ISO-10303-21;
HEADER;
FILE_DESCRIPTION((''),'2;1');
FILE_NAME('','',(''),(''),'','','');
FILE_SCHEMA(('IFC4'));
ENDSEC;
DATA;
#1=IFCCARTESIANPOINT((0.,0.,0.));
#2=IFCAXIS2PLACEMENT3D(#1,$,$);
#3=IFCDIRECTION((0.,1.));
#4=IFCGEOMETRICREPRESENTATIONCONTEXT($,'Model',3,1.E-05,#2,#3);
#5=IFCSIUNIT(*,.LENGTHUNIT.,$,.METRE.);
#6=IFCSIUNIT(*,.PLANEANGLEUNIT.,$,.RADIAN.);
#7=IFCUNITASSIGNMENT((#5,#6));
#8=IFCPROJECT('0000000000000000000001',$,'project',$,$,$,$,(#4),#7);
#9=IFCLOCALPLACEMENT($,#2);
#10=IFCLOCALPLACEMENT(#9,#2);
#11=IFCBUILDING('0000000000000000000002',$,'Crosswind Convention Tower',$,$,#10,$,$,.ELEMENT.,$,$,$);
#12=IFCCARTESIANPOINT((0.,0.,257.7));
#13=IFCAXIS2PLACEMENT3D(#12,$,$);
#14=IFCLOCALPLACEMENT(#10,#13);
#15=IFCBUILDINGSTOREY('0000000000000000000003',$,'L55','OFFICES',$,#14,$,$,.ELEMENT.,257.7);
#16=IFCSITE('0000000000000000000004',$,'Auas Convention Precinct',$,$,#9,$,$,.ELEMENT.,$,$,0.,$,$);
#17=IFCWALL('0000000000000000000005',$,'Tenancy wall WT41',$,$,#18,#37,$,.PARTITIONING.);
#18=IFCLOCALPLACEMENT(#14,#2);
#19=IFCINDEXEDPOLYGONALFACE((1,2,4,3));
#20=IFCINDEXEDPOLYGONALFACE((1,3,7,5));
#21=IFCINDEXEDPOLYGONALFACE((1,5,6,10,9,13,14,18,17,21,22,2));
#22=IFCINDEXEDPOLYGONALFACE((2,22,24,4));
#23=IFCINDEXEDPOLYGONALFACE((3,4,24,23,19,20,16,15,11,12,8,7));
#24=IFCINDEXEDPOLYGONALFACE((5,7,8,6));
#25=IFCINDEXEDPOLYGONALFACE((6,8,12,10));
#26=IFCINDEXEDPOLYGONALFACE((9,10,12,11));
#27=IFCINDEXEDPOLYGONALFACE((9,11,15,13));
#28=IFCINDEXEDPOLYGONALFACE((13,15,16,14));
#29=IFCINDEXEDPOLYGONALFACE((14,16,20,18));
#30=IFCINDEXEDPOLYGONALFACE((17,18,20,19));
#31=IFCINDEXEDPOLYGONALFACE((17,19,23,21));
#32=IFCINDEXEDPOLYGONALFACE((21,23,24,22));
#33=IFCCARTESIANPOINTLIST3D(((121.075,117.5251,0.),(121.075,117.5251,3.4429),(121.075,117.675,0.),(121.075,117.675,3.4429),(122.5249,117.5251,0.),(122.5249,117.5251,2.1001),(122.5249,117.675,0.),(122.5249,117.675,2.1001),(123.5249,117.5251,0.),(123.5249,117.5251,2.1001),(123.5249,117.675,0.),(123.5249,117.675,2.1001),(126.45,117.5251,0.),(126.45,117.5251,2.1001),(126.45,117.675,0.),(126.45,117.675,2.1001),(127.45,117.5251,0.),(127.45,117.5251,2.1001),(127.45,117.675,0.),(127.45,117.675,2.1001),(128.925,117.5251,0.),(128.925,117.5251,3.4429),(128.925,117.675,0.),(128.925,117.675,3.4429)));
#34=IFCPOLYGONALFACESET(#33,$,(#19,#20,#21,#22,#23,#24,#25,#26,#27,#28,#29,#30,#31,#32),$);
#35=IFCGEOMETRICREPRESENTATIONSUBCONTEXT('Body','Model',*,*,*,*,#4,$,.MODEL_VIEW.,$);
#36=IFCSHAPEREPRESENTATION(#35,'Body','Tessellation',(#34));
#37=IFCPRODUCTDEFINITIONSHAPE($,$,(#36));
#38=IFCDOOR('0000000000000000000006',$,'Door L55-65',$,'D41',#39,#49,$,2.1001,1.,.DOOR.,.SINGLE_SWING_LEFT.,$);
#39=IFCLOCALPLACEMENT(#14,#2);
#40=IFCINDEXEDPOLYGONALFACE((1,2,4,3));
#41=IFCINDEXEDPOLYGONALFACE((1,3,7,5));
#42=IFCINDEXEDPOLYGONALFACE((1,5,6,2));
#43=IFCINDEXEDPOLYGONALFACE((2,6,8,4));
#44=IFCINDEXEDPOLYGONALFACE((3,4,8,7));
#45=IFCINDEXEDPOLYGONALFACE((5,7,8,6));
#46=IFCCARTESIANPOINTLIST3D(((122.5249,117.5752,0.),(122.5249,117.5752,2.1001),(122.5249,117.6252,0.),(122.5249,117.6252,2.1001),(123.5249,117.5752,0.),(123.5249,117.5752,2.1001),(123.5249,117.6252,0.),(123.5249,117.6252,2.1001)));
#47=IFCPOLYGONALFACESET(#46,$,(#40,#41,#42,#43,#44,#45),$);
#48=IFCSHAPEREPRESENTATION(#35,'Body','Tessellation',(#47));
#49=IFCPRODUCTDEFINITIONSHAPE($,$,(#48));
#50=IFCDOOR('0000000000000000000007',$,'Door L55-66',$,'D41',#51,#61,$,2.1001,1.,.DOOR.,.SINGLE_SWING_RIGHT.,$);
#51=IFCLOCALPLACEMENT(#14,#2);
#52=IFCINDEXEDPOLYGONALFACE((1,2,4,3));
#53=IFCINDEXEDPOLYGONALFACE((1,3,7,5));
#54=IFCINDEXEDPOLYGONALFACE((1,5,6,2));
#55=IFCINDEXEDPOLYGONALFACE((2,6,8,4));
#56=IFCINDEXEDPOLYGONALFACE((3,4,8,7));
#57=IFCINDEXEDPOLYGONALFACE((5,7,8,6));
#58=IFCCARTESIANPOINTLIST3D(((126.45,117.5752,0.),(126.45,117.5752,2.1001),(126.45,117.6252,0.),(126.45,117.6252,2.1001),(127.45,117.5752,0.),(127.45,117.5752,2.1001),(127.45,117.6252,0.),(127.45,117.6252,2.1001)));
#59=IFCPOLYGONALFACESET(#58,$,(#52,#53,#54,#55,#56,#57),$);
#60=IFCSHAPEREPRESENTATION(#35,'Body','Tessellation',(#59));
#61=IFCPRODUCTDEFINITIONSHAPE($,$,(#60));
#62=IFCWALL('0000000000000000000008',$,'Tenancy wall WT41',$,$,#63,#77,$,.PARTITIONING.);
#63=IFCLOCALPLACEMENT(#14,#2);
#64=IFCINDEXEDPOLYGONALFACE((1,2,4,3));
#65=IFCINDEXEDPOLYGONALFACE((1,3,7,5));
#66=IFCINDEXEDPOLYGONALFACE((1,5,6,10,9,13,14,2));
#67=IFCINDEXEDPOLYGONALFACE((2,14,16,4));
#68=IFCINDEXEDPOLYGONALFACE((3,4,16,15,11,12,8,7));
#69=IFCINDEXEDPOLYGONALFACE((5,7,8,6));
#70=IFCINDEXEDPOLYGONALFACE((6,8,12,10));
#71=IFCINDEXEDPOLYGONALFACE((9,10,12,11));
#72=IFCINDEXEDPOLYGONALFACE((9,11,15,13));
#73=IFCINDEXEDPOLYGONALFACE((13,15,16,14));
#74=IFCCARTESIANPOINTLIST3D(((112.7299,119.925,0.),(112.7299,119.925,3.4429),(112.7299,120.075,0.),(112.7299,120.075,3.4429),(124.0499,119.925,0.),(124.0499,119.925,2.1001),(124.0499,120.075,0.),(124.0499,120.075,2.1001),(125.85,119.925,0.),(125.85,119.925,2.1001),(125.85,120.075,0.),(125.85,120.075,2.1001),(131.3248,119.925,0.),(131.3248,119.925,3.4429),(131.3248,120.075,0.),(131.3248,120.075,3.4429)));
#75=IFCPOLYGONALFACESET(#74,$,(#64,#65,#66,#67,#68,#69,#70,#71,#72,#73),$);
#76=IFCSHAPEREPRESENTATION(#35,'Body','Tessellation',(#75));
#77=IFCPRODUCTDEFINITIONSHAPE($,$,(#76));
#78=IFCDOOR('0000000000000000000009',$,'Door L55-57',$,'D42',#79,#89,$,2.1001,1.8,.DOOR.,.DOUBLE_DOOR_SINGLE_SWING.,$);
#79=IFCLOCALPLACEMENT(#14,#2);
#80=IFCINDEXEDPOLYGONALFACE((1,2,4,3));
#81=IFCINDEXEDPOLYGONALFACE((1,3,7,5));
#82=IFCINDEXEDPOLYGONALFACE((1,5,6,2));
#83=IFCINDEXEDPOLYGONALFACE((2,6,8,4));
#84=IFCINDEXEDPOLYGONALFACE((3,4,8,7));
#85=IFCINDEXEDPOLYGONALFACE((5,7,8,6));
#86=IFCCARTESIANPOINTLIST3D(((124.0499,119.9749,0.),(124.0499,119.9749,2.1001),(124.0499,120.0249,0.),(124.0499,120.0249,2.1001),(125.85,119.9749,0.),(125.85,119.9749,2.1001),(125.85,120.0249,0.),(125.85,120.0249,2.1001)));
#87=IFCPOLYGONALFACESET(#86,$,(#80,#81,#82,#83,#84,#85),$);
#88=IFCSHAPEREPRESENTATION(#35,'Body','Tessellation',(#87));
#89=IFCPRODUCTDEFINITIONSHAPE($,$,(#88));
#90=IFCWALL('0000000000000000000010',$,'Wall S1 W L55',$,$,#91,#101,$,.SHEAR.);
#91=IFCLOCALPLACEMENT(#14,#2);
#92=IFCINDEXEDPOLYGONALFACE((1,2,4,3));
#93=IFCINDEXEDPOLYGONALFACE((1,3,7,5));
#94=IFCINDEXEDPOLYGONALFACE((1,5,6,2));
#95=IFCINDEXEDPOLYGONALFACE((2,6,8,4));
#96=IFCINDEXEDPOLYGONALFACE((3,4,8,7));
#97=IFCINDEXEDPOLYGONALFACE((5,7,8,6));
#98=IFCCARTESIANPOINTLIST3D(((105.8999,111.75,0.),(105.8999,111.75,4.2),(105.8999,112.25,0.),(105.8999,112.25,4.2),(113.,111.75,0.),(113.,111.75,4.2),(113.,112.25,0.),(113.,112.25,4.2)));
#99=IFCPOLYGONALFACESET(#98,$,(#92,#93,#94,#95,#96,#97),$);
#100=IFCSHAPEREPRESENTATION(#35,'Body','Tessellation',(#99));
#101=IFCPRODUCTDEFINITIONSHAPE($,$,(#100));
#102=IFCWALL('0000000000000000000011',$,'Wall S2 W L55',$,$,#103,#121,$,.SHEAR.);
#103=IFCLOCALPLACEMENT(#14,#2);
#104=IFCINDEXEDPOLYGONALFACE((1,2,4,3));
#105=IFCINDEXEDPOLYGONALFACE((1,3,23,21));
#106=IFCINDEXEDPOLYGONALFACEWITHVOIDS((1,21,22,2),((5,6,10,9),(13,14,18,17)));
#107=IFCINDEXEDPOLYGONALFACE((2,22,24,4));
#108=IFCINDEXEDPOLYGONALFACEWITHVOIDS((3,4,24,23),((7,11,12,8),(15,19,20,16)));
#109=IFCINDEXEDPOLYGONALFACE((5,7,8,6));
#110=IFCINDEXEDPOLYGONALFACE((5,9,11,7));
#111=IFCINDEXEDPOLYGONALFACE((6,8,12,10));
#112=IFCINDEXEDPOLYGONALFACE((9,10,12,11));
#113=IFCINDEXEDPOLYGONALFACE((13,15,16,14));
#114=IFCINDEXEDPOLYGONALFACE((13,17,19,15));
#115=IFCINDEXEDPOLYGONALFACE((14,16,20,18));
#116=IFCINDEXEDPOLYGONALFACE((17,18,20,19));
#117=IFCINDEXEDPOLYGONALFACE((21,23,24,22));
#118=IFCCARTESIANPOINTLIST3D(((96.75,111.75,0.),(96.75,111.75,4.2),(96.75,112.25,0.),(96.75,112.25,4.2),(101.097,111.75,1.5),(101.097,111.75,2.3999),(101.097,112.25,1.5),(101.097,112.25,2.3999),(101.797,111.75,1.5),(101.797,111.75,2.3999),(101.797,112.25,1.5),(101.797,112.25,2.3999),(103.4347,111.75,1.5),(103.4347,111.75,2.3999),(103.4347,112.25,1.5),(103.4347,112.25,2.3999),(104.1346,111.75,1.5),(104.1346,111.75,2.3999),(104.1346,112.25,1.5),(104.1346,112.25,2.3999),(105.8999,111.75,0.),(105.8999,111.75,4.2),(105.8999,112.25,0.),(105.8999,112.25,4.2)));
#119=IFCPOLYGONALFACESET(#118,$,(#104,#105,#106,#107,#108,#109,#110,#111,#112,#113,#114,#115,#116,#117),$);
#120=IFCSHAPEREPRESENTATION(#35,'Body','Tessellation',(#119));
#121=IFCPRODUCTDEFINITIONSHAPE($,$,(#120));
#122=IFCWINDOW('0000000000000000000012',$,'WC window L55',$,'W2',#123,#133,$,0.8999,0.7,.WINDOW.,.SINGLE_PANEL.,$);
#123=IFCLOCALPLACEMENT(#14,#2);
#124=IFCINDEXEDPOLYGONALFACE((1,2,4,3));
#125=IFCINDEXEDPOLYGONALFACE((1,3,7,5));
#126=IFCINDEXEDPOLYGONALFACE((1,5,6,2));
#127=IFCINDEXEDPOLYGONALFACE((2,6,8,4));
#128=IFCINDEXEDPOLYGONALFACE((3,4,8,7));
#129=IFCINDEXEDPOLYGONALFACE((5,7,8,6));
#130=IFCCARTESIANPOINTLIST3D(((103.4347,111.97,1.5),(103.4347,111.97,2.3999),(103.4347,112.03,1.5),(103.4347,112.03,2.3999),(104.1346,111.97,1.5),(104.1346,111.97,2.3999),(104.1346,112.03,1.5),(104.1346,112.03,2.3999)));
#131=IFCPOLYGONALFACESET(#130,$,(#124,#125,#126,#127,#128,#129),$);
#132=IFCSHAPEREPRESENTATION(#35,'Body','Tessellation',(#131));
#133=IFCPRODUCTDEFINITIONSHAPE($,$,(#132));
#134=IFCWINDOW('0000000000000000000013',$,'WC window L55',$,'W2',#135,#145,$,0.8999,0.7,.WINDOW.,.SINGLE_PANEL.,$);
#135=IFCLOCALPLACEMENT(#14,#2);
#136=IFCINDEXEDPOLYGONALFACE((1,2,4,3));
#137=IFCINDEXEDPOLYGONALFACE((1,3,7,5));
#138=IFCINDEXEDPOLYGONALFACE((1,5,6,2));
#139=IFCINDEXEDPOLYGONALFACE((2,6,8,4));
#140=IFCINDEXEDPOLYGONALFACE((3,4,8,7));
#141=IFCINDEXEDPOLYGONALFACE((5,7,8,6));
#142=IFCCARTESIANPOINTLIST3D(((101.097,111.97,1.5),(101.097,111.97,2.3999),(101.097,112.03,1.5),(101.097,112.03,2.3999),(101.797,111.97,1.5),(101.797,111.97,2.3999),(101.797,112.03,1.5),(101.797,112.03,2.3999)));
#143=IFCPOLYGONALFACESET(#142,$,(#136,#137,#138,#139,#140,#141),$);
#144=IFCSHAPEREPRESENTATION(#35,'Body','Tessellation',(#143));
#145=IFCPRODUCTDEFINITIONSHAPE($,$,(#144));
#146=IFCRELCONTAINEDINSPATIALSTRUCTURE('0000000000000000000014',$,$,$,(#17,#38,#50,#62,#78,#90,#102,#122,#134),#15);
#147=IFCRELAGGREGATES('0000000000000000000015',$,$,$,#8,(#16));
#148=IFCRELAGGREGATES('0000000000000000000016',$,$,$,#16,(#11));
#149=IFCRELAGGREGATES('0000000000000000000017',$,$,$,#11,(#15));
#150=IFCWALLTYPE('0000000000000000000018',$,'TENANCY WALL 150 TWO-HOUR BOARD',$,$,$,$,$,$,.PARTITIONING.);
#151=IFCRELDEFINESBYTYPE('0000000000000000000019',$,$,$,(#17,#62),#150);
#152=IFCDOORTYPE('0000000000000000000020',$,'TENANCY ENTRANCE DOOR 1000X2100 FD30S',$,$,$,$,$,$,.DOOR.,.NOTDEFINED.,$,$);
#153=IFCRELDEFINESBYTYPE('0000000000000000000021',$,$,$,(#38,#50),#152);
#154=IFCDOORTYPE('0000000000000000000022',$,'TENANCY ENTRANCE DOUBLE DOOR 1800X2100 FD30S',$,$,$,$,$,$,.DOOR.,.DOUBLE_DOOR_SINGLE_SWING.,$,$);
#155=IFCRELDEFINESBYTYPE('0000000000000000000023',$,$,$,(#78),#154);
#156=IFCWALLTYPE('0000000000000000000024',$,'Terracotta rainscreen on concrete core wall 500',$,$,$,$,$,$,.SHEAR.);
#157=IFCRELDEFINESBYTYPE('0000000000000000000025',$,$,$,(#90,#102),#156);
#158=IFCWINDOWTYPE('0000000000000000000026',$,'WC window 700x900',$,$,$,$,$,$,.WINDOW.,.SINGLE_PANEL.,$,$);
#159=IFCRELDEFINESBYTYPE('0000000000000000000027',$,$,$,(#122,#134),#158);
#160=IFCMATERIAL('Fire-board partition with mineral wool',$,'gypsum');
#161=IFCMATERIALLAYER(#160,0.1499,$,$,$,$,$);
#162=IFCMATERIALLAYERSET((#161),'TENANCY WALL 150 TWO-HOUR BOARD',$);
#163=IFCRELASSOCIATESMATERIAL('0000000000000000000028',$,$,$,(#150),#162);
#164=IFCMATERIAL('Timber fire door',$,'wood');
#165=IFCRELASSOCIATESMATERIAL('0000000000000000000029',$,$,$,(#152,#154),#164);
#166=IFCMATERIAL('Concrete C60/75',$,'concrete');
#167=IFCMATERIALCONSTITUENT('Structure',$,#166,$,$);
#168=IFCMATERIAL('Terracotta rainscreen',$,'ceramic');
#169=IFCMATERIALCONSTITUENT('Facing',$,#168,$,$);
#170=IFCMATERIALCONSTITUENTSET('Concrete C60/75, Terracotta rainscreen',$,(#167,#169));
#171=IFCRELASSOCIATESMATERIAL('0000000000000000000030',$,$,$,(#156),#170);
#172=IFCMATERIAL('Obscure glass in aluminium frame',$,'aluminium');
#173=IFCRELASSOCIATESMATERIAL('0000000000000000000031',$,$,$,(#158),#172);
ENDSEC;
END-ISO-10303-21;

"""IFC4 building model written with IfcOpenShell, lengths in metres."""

from ifc_helpers import new_model, si_unit, direction, frame, frame_2d, origin, place, context, subcontext, project, spatial, rectangle, extrude, material, layer, layer_set, constituent, constituent_set, type_object, element, fill, save


model = new_model("IFC4")

# Units and contexts
model_context = context("Model", 3, precision=1e-05, world=origin(), true_north=direction((0.0, 1.0)))
body_context = subcontext(model_context, "Body", "Model", "MODEL_VIEW")
ifc_project = project(units=[si_unit("LENGTHUNIT", "METRE"), si_unit("PLANEANGLEUNIT", "RADIAN")], contexts=[model_context])

# Site, building, storey
site_placement = place(None, origin())
site = spatial("IfcSite", under=ifc_project, at=site_placement, Name="Auas Convention Precinct", CompositionType="ELEMENT", RefElevation=0.0)
building_placement = place(site_placement, origin())
building = spatial("IfcBuilding", under=site, at=building_placement, Name="Crosswind Convention Tower", CompositionType="ELEMENT")
storey_placement = place(building_placement, frame((0.0, 0.0, 257.7)))
storey = spatial("IfcBuildingStorey", under=building, at=storey_placement, Name="L55", Description="OFFICES", CompositionType="ELEMENT", Elevation=257.7)

# Shared definitions
ifc_material_1 = material(Name="Concrete C60/75", Category="concrete")

# Wall, openings, doors
ifc_material_2 = material(Name="Fire-board partition with mineral wool", Category="gypsum")
ifc_layer_1 = layer(ifc_material_2, 0.1499)
ifc_layer_set_1 = layer_set([ifc_layer_1], Name="TENANCY WALL 150 TWO-HOUR BOARD")
wall_type_1 = type_object("IfcWallType", Name="TENANCY WALL 150 TWO-HOUR BOARD", PredefinedType="PARTITIONING", material=ifc_layer_set_1)
wall_1_placement = place(storey_placement, frame((121.075, 117.6001, 0.0), z_axis=(0.0, 0.0, 1.0), x_axis=(1.0, 0.0, 0.0)))
wall_1 = element("IfcWall", 1, at=wall_1_placement, inside=storey, type_object=wall_type_1, Name="Tenancy wall WT41", PredefinedType="PARTITIONING", context=body_context, shape_type="SweptSolid", body=[
    extrude(rectangle(XDim=7.8501, YDim=0.1499, at=frame_2d((3.925, 0.0))), origin(), (0.0, 0.0, 1.0), 3.4429),
])
opening_1_placement = place(wall_1_placement, frame((1.45, 0.0, 0.0)))
opening_1 = element("IfcOpeningElement", 2, at=opening_1_placement, cuts=wall_1, PredefinedType="OPENING", context=body_context, shape_type="SweptSolid", body=[
    extrude(rectangle(XDim=1.0, YDim=2.1001, at=frame_2d((0.5, 1.05))), frame((0.0, 0.085, 0.0), z_axis=(0.0, -1.0, 0.0), x_axis=(1.0, 0.0, 0.0)), (0.0, 0.0, 1.0), 0.1699),
])
opening_2_placement = place(wall_1_placement, frame((5.375, 0.0, 0.0)))
opening_2 = element("IfcOpeningElement", 3, at=opening_2_placement, cuts=wall_1, PredefinedType="OPENING", context=body_context, shape_type="SweptSolid", body=[
    extrude(rectangle(XDim=1.0, YDim=2.1001, at=frame_2d((0.5, 1.05))), frame((0.0, 0.085, 0.0), z_axis=(0.0, -1.0, 0.0), x_axis=(1.0, 0.0, 0.0)), (0.0, 0.0, 1.0), 0.1699),
])
ifc_material_3 = material(Name="Timber fire door", Category="wood")
door_type_1 = type_object("IfcDoorType", Name="TENANCY ENTRANCE DOOR 1000X2100 FD30S", OperationType="NOTDEFINED", PredefinedType="DOOR", material=ifc_material_3)
door_1_placement = place(opening_1_placement, frame((1.0, 0.0, 0.0), z_axis=(0.0, 0.0, 1.0), x_axis=(-1.0, 0.0, 0.0)))
door_1 = element("IfcDoor", 4, at=door_1_placement, inside=storey, type_object=door_type_1, Name="Door L55-65", ObjectType="D41", OperationType="SINGLE_SWING_LEFT", OverallHeight=2.1001, OverallWidth=1.0, PredefinedType="DOOR", context=body_context, shape_type="SweptSolid", body=[
    extrude(rectangle(XDim=1.0, YDim=2.1001, at=frame_2d((0.5, 1.05))), frame((0.0, 0.0249, 0.0), z_axis=(0.0, -1.0, 0.0), x_axis=(1.0, 0.0, 0.0)), (0.0, 0.0, 1.0), 0.05),
])
fill(opening_1, door_1)
door_2_placement = place(opening_2_placement, frame((1.0, 0.0, 0.0), z_axis=(0.0, 0.0, 1.0), x_axis=(-1.0, 0.0, 0.0)))
door_2 = element("IfcDoor", 5, at=door_2_placement, inside=storey, type_object=door_type_1, Name="Door L55-66", ObjectType="D41", OperationType="SINGLE_SWING_RIGHT", OverallHeight=2.1001, OverallWidth=1.0, PredefinedType="DOOR", context=body_context, shape_type="SweptSolid", body=[
    extrude(rectangle(XDim=1.0, YDim=2.1001, at=frame_2d((0.5, 1.05))), frame((0.0, 0.0249, 0.0), z_axis=(0.0, -1.0, 0.0), x_axis=(1.0, 0.0, 0.0)), (0.0, 0.0, 1.0), 0.05),
])
fill(opening_2, door_2)

# Wall, opening, door
wall_2_placement = place(storey_placement, frame((112.73, 120.0, 0.0), z_axis=(0.0, 0.0, 1.0), x_axis=(1.0, 0.0, 0.0)))
wall_2 = element("IfcWall", 6, at=wall_2_placement, inside=storey, type_object=wall_type_1, Name="Tenancy wall WT41", PredefinedType="PARTITIONING", context=body_context, shape_type="SweptSolid", body=[
    extrude(rectangle(XDim=18.595, YDim=0.1499, at=frame_2d((9.2974, 0.0))), origin(), (0.0, 0.0, 1.0), 3.4429),
])
opening_3_placement = place(wall_2_placement, frame((11.3201, 0.0, 0.0)))
opening_3 = element("IfcOpeningElement", 7, at=opening_3_placement, cuts=wall_2, PredefinedType="OPENING", context=body_context, shape_type="SweptSolid", body=[
    extrude(rectangle(XDim=1.8, YDim=2.1001, at=frame_2d((0.8999, 1.05))), frame((0.0, 0.085, 0.0), z_axis=(0.0, -1.0, 0.0), x_axis=(1.0, 0.0, 0.0)), (0.0, 0.0, 1.0), 0.1699),
])
door_type_2 = type_object("IfcDoorType", Name="TENANCY ENTRANCE DOUBLE DOOR 1800X2100 FD30S", OperationType="DOUBLE_DOOR_SINGLE_SWING", PredefinedType="DOOR", material=ifc_material_3)
door_3_placement = place(opening_3_placement, origin())
door_3 = element("IfcDoor", 8, at=door_3_placement, inside=storey, type_object=door_type_2, Name="Door L55-57", ObjectType="D42", OperationType="DOUBLE_DOOR_SINGLE_SWING", OverallHeight=2.1001, OverallWidth=1.8, PredefinedType="DOOR", context=body_context, shape_type="SweptSolid", body=[
    extrude(rectangle(XDim=1.8, YDim=2.1001, at=frame_2d((0.8999, 1.05))), frame((0.0, 0.0249, 0.0), z_axis=(0.0, -1.0, 0.0), x_axis=(1.0, 0.0, 0.0)), (0.0, 0.0, 1.0), 0.05),
])
fill(opening_3, door_3)

# Wall
ifc_constituent_1 = constituent(ifc_material_1, Name="Structure")
ifc_material_4 = material(Name="Terracotta rainscreen", Category="ceramic")
ifc_constituent_2 = constituent(ifc_material_4, Name="Facing")
ifc_constituent_set = constituent_set(constituents=[ifc_constituent_1, ifc_constituent_2], Name="Concrete C60/75, Terracotta rainscreen")
wall_type_2 = type_object("IfcWallType", Name="Terracotta rainscreen on concrete core wall 500", PredefinedType="SHEAR", material=ifc_constituent_set)
wall_3_placement = place(storey_placement, frame((113.0, 112.0, 0.0), z_axis=(0.0, 0.0, 1.0), x_axis=(-1.0, 0.0, 0.0)))
element("IfcWall", 9, at=wall_3_placement, inside=storey, type_object=wall_type_2, Name="Wall S1 W L55", PredefinedType="SHEAR", context=body_context, shape_type="SweptSolid", body=[
    extrude(rectangle(XDim=7.1001, YDim=0.5, at=frame_2d((3.55, 0.0))), origin(), (0.0, 0.0, 1.0), 4.2),
])

# Wall, openings, windows
wall_4_placement = place(storey_placement, frame((105.8999, 112.0, 0.0), z_axis=(0.0, 0.0, 1.0), x_axis=(-1.0, 0.0, 0.0)))
wall_4 = element("IfcWall", 10, at=wall_4_placement, inside=storey, type_object=wall_type_2, Name="Wall S2 W L55", PredefinedType="SHEAR", context=body_context, shape_type="SweptSolid", body=[
    extrude(rectangle(XDim=9.1499, YDim=0.5, at=frame_2d((4.575, 0.0))), origin(), (0.0, 0.0, 1.0), 4.2),
])
opening_4_placement = place(wall_4_placement, frame((1.7651, 0.0, 1.5)))
opening_4 = element("IfcOpeningElement", 11, at=opening_4_placement, cuts=wall_4, PredefinedType="OPENING", context=body_context, shape_type="SweptSolid", body=[
    extrude(rectangle(XDim=0.7, YDim=0.8999, at=frame_2d((0.3501, 0.45))), frame((0.0, 0.26, 0.0), z_axis=(0.0, -1.0, 0.0), x_axis=(1.0, 0.0, 0.0)), (0.0, 0.0, 1.0), 0.52),
])
opening_5_placement = place(wall_4_placement, frame((4.1028, 0.0, 1.5)))
opening_5 = element("IfcOpeningElement", 12, at=opening_5_placement, cuts=wall_4, PredefinedType="OPENING", context=body_context, shape_type="SweptSolid", body=[
    extrude(rectangle(XDim=0.7, YDim=0.8999, at=frame_2d((0.3501, 0.45))), frame((0.0, 0.26, 0.0), z_axis=(0.0, -1.0, 0.0), x_axis=(1.0, 0.0, 0.0)), (0.0, 0.0, 1.0), 0.52),
])
ifc_material_5 = material(Name="Obscure glass in aluminium frame", Category="aluminium")
window_type = type_object("IfcWindowType", Name="WC window 700x900", PartitioningType="SINGLE_PANEL", PredefinedType="WINDOW", material=ifc_material_5)
window_1_placement = place(opening_4_placement, origin())
window_1 = element("IfcWindow", 13, at=window_1_placement, inside=storey, type_object=window_type, Name="WC window L55", ObjectType="W2", OverallHeight=0.8999, OverallWidth=0.7, PartitioningType="SINGLE_PANEL", PredefinedType="WINDOW", context=body_context, shape_type="SweptSolid", body=[
    extrude(rectangle(XDim=0.7, YDim=0.8999, at=frame_2d((0.3501, 0.45))), frame((0.0, 0.03, 0.0), z_axis=(0.0, -1.0, 0.0), x_axis=(1.0, 0.0, 0.0)), (0.0, 0.0, 1.0), 0.0601),
])
fill(opening_4, window_1)
window_2_placement = place(opening_5_placement, origin())
window_2 = element("IfcWindow", 14, at=window_2_placement, inside=storey, type_object=window_type, Name="WC window L55", ObjectType="W2", OverallHeight=0.8999, OverallWidth=0.7, PartitioningType="SINGLE_PANEL", PredefinedType="WINDOW", context=body_context, shape_type="SweptSolid", body=[
    extrude(rectangle(XDim=0.7, YDim=0.8999, at=frame_2d((0.3501, 0.45))), frame((0.0, 0.03, 0.0), z_axis=(0.0, -1.0, 0.0), x_axis=(1.0, 0.0, 0.0)), (0.0, 0.0, 1.0), 0.0601),
])
fill(opening_5, window_2)

save(model, "model.ifc")
